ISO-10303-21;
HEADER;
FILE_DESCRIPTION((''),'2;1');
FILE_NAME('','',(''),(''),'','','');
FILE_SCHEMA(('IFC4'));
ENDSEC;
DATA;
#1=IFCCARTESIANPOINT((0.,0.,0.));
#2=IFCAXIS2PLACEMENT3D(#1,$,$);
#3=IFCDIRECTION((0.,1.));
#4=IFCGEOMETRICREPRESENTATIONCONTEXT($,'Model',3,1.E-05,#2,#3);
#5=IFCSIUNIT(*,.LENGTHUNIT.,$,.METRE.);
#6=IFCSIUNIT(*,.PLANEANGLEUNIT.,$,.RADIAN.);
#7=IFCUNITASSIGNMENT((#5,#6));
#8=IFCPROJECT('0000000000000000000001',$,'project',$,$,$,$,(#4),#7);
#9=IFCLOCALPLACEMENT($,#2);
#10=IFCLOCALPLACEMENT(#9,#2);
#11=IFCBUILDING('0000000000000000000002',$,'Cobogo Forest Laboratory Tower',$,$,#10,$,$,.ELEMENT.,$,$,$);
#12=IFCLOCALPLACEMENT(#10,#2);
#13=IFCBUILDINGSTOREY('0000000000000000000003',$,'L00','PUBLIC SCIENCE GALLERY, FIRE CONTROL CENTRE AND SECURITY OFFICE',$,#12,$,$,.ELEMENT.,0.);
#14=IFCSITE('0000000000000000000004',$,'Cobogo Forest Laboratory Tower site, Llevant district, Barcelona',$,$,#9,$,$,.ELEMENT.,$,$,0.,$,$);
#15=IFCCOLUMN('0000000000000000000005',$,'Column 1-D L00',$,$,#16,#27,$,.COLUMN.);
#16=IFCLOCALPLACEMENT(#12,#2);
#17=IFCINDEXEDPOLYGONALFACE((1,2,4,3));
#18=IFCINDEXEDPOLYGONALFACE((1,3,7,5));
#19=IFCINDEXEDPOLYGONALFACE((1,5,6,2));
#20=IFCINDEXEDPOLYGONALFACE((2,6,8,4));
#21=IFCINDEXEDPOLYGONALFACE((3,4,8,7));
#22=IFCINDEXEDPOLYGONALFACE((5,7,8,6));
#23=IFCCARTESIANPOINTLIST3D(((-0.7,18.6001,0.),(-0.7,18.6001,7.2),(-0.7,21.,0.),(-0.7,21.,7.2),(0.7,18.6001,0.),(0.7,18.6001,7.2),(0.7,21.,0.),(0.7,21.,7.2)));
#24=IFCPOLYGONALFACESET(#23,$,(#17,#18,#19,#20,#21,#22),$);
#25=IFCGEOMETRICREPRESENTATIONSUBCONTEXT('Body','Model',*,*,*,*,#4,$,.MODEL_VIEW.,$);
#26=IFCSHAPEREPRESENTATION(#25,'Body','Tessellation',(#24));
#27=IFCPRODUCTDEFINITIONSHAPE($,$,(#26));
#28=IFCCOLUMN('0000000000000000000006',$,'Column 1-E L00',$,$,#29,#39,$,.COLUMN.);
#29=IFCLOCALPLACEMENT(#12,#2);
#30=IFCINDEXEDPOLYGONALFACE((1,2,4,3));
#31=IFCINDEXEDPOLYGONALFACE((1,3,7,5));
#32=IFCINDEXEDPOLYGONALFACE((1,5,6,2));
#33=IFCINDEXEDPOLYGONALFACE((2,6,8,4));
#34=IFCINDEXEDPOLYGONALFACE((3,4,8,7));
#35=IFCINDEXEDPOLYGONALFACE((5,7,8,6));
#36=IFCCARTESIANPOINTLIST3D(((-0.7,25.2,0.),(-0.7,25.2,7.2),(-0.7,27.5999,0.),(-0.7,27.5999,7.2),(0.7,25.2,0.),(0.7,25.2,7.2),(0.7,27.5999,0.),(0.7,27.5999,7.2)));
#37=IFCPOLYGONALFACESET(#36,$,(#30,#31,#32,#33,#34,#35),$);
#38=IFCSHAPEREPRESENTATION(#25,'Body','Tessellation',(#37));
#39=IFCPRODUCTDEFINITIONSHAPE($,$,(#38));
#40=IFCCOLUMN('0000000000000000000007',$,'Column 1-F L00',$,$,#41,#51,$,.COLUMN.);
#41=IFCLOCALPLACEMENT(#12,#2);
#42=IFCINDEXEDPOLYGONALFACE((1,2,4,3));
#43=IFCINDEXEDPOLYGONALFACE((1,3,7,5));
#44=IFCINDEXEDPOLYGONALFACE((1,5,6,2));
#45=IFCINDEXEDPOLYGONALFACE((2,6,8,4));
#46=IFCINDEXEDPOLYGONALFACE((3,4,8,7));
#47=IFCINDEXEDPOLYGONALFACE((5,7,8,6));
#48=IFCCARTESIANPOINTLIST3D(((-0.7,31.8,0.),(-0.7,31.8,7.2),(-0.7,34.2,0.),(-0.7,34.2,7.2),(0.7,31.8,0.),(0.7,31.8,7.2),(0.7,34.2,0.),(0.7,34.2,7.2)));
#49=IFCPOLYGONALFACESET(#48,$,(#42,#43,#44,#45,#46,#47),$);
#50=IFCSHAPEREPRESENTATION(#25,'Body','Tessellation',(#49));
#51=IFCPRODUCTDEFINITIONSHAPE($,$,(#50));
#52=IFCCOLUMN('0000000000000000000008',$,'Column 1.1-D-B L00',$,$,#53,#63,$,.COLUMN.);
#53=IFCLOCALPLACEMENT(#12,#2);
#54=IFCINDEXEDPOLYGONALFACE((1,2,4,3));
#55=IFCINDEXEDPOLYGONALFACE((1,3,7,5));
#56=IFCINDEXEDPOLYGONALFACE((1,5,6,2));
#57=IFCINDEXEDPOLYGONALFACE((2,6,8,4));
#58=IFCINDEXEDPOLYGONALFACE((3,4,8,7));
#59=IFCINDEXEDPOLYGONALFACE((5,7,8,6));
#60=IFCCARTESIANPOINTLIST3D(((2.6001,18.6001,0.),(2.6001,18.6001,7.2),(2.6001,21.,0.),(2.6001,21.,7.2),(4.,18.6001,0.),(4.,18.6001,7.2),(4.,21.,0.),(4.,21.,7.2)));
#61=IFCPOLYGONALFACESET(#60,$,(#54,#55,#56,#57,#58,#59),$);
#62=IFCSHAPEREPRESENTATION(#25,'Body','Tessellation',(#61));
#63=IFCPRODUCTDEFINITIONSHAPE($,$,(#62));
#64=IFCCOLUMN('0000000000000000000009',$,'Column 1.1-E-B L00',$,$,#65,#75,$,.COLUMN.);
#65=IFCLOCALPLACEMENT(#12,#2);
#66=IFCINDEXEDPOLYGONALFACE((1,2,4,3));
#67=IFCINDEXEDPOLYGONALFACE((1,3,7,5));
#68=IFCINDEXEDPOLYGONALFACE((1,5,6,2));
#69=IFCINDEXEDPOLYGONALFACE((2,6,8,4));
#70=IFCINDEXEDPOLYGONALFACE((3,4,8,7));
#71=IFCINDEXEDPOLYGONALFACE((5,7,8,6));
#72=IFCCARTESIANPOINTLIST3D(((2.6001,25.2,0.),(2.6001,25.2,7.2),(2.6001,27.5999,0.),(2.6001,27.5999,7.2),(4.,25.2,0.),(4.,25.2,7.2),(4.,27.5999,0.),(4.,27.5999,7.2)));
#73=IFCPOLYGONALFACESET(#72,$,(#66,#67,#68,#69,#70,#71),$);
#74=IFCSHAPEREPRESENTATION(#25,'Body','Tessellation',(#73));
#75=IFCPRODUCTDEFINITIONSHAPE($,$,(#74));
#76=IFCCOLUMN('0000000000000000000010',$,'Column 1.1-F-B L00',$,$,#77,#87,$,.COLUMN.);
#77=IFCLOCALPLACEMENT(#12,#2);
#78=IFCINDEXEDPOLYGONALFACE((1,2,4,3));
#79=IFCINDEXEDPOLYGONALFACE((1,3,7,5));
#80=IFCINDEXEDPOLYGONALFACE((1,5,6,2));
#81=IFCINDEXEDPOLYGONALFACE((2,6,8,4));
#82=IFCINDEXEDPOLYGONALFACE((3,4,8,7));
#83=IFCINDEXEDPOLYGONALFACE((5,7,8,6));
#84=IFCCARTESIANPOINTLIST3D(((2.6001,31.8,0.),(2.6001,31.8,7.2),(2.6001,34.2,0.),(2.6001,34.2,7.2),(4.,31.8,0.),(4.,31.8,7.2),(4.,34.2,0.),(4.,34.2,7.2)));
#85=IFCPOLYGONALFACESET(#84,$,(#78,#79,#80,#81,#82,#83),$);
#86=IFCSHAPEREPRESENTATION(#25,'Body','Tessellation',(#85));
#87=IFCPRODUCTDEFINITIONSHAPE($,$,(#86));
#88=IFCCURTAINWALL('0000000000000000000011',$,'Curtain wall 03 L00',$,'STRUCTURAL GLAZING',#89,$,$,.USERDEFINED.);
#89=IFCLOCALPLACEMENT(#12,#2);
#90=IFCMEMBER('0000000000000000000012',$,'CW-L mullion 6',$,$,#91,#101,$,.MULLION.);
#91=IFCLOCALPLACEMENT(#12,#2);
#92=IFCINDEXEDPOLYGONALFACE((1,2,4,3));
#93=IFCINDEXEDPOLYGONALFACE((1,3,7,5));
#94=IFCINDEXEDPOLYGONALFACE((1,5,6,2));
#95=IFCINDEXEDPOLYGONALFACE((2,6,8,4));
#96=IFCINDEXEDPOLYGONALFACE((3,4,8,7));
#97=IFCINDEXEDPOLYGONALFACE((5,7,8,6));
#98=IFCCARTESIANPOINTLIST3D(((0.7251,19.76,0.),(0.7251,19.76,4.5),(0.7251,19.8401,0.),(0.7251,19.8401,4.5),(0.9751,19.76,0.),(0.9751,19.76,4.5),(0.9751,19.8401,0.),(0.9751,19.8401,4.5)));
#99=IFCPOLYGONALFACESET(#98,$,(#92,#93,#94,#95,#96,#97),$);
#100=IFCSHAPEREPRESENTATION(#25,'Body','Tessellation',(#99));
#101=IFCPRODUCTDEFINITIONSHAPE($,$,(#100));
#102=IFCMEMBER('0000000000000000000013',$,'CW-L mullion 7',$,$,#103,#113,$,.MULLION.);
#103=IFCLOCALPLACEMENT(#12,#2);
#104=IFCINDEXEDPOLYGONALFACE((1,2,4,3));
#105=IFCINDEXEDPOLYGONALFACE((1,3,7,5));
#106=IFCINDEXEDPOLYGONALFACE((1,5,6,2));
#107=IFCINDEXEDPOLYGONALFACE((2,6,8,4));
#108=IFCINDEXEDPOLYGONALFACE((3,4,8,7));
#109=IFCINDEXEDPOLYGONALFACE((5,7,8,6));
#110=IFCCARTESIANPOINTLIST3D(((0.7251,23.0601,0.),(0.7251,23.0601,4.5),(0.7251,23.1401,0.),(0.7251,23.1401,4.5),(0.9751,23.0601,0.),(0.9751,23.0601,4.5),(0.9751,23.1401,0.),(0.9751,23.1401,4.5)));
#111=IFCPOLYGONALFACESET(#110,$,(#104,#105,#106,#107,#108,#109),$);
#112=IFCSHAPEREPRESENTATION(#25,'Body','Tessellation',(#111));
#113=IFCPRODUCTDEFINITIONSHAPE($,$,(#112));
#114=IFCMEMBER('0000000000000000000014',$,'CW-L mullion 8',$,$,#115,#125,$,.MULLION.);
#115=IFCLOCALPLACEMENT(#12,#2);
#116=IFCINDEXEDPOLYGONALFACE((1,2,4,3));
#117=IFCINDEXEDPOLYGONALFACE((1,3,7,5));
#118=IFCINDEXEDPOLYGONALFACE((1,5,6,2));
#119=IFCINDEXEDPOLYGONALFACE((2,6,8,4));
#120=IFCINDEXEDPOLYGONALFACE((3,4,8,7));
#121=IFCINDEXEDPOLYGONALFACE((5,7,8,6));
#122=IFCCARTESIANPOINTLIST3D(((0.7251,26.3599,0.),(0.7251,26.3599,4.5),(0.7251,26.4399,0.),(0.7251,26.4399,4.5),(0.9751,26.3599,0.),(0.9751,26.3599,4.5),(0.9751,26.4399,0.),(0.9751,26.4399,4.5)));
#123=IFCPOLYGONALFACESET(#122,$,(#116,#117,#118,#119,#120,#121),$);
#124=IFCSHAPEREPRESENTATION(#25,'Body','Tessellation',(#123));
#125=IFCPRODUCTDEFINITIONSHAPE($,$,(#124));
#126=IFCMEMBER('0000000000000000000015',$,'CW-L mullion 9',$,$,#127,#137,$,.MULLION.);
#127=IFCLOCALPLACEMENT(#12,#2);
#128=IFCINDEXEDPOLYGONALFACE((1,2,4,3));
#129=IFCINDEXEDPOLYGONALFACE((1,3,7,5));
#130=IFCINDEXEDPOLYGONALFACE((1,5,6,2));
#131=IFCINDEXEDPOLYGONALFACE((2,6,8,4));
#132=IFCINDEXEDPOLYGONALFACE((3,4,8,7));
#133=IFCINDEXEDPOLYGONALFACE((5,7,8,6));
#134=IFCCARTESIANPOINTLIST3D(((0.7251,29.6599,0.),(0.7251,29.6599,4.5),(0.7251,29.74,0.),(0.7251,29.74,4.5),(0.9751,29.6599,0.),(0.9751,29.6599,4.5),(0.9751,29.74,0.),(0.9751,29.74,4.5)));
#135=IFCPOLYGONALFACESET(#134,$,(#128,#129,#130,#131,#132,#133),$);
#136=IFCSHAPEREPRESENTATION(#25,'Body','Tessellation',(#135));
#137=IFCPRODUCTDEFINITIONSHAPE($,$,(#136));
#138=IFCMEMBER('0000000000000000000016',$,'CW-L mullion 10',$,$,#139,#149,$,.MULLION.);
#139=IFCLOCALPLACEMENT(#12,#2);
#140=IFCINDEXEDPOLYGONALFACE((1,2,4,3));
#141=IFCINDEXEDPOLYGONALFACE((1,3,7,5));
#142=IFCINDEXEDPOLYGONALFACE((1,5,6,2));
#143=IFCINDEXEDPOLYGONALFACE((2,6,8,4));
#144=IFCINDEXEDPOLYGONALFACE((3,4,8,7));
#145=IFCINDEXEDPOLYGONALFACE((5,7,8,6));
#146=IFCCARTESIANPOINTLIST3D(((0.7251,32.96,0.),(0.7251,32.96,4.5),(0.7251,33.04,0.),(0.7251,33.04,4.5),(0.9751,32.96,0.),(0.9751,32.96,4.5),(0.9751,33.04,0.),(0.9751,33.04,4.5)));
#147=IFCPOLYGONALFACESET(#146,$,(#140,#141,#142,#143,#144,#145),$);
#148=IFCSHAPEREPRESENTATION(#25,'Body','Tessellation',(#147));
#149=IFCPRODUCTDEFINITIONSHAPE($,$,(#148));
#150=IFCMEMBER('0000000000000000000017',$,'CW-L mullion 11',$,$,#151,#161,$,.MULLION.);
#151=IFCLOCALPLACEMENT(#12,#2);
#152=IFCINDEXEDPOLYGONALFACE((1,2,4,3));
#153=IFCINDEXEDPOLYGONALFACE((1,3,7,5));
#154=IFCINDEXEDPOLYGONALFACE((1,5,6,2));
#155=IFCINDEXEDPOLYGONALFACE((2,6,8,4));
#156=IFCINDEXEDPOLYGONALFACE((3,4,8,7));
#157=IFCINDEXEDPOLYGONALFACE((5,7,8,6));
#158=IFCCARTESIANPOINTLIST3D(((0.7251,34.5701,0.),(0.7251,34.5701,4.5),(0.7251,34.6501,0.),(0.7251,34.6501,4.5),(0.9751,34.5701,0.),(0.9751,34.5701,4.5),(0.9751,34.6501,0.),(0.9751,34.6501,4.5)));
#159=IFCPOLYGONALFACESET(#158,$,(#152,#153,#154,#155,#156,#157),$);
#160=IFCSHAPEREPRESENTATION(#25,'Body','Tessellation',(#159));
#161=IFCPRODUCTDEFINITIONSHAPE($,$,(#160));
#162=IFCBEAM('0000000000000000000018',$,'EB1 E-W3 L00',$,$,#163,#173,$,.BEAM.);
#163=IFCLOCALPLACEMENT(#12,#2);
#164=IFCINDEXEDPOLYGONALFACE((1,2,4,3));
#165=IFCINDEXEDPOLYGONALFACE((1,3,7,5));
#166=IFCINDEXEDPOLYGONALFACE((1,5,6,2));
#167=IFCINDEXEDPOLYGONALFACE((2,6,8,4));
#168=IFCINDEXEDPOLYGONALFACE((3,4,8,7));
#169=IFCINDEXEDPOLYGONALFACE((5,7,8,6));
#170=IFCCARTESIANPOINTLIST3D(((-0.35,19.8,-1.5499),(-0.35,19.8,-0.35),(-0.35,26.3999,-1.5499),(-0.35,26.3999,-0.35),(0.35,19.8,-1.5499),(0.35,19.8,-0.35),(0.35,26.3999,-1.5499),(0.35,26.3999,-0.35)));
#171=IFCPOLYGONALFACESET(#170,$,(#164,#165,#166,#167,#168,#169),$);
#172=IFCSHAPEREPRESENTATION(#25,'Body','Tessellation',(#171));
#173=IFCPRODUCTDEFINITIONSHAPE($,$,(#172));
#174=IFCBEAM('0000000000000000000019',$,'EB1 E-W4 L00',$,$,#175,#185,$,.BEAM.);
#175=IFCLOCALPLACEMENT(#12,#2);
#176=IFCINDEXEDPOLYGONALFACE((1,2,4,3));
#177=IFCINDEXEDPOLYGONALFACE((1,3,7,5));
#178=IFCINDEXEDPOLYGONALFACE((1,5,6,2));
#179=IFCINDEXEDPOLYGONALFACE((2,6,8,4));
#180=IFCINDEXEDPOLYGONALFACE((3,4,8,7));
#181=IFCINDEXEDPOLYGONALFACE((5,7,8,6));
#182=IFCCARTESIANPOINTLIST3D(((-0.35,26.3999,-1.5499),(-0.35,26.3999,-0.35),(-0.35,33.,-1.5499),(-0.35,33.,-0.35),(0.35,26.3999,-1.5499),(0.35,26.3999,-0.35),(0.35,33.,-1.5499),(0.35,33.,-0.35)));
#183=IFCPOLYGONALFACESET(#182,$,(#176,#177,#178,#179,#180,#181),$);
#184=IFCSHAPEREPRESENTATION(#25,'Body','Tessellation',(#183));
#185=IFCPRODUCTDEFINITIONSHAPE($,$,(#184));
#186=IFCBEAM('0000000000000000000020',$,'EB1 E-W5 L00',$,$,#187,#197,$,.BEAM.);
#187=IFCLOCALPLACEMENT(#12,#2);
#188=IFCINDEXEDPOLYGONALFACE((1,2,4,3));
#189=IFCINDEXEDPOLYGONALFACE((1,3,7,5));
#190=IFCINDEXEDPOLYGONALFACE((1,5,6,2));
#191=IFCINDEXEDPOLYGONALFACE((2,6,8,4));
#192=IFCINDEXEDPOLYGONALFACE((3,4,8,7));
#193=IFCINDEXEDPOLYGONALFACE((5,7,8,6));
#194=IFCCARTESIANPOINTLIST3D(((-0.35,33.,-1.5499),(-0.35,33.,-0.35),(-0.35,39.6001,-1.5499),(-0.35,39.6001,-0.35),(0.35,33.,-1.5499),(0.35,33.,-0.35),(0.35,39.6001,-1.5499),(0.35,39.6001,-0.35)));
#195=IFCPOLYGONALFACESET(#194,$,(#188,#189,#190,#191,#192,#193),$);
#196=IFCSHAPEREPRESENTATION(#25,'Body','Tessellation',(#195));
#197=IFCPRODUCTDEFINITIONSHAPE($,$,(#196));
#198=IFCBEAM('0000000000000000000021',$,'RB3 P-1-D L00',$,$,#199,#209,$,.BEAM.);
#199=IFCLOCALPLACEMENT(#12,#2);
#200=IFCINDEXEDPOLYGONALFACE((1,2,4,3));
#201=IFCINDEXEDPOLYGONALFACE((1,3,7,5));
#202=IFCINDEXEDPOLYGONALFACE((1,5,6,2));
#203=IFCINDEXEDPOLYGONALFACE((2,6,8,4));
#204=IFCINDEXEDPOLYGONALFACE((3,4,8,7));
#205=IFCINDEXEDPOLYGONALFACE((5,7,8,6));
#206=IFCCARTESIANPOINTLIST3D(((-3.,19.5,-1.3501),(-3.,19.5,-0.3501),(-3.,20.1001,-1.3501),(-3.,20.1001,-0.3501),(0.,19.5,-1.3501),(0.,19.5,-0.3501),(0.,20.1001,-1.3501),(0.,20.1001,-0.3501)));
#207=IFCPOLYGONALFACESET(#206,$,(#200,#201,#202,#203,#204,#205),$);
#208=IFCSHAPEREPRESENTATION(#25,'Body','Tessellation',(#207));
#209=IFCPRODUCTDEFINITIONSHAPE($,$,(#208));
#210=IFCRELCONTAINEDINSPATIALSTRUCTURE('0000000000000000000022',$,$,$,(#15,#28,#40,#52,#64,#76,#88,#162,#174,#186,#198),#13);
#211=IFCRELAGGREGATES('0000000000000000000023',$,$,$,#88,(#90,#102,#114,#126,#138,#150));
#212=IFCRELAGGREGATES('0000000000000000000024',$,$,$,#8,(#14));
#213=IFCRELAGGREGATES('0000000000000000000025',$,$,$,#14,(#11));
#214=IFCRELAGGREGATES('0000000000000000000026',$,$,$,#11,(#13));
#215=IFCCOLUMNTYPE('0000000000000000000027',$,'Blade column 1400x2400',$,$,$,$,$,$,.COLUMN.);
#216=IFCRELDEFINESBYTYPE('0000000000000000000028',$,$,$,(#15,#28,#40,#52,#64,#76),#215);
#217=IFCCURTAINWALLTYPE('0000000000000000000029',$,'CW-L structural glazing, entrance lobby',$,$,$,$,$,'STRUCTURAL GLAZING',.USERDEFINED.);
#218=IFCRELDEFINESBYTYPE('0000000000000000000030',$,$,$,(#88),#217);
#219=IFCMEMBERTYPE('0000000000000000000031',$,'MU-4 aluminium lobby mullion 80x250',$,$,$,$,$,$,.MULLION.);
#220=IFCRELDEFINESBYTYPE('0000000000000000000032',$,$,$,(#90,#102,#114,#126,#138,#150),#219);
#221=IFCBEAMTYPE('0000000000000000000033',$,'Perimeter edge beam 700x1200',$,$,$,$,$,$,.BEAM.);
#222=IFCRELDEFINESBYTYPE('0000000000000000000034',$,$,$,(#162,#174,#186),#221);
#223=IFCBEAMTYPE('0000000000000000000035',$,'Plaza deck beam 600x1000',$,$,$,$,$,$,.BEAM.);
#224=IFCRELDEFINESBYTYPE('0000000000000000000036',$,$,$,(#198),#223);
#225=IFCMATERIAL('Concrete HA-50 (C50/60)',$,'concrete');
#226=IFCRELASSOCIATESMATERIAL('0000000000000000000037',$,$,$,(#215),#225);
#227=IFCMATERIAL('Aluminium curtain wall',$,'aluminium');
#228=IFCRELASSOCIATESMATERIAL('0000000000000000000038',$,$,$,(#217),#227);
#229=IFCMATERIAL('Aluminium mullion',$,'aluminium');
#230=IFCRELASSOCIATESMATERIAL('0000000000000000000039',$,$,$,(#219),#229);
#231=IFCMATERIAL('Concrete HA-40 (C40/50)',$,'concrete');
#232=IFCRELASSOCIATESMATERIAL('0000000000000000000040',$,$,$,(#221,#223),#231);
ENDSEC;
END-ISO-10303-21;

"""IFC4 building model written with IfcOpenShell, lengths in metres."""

from ifc_helpers import new_model, si_unit, direction, frame, origin, origin_2d, place, context, subcontext, project, spatial, rectangle, extrude, material, material_profile, profile_set, type_object, element, aggregate, save


model = new_model("IFC4")

# Units and contexts
model_context = context("Model", 3, precision=1e-05, world=origin(), true_north=direction((0.0, 1.0)))
body_context = subcontext(model_context, "Body", "Model", "MODEL_VIEW")
ifc_project = project(units=[si_unit("LENGTHUNIT", "METRE"), si_unit("PLANEANGLEUNIT", "RADIAN")], contexts=[model_context])

# Site, building, storey
site_placement = place(None, origin())
site = spatial("IfcSite", under=ifc_project, at=site_placement, Name="Cobogo Forest Laboratory Tower site, Llevant district, Barcelona", CompositionType="ELEMENT", RefElevation=0.0)
building_placement = place(site_placement, origin())
building = spatial("IfcBuilding", under=site, at=building_placement, Name="Cobogo Forest Laboratory Tower", CompositionType="ELEMENT")
storey_placement = place(building_placement, origin())
storey = spatial("IfcBuildingStorey", under=building, at=storey_placement, Name="L00", Description="PUBLIC SCIENCE GALLERY, FIRE CONTROL CENTRE AND SECURITY OFFICE", CompositionType="ELEMENT", Elevation=0.0)

# Columns
ifc_material_1 = material(Name="Concrete HA-50 (C50/60)", Category="concrete")
ifc_material_profile_1 = material_profile(ifc_material_1, rectangle(XDim=2.3999, YDim=1.3999, at=origin_2d()), Name="RC 1400x2400")
ifc_profile_set_1 = profile_set([ifc_material_profile_1], Name="Concrete HA-50 (C50/60)")
column_type = type_object("IfcColumnType", Name="Blade column 1400x2400", PredefinedType="COLUMN", material=ifc_profile_set_1)
for number, where, z_axis, x_axis, name in (
    (1, (0.0, 19.8, 0.0), (0.0, 0.0, 1.0), (0.0, 1.0, 0.0), "Column 1-D L00"),
    (2, (0.0, 26.3999, 0.0), (0.0, 0.0, 1.0), (0.0, 1.0, 0.0), "Column 1-E L00"),
    (3, (0.0, 33.0, 0.0), (0.0, 0.0, 1.0), (0.0, 1.0, 0.0), "Column 1-F L00"),
    (4, (3.3, 19.8, 0.0), (0.0, 0.0, 1.0), (0.0, 1.0, 0.0), "Column 1.1-D-B L00"),
    (5, (3.3, 26.3999, 0.0), (0.0, 0.0, 1.0), (0.0, 1.0, 0.0), "Column 1.1-E-B L00"),
    (6, (3.3, 33.0, 0.0), (0.0, 0.0, 1.0), (0.0, 1.0, 0.0), "Column 1.1-F-B L00"),
):
    element("IfcColumn", number, at=place(storey_placement, frame(where, z_axis=z_axis, x_axis=x_axis)), inside=storey, type_object=column_type, Name=name, PredefinedType="COLUMN", context=body_context, shape_type="SweptSolid", body=[
        extrude(rectangle(XDim=2.3999, YDim=1.3999, at=origin_2d()), origin(), (0.0, 0.0, 1.0), 7.2),
    ])

# Curtain wall, members
ifc_material_2 = material(Name="Aluminium curtain wall", Category="aluminium")
curtain_wall_type = type_object("IfcCurtainWallType", Name="CW-L structural glazing, entrance lobby", ElementType="STRUCTURAL GLAZING", PredefinedType="USERDEFINED", material=ifc_material_2)
curtain_wall_placement = place(storey_placement, origin())
curtain_wall = element("IfcCurtainWall", 7, at=curtain_wall_placement, inside=storey, type_object=curtain_wall_type, Name="Curtain wall 03 L00", ObjectType="STRUCTURAL GLAZING", PredefinedType="USERDEFINED")
ifc_material_3 = material(Name="Aluminium mullion", Category="aluminium")
ifc_material_profile_2 = material_profile(ifc_material_3, rectangle(XDim=0.0801, YDim=0.25, at=origin_2d()), Name="AL 80x250")
ifc_profile_set_2 = profile_set([ifc_material_profile_2], Name="Aluminium mullion")
member_type_1 = type_object("IfcMemberType", Name="MU-4 aluminium lobby mullion 80x250", PredefinedType="MULLION", material=ifc_profile_set_2)
member_1_placement = place(storey_placement, frame((0.8501, 19.8, 0.0), z_axis=(0.0, 0.0, 1.0), x_axis=(0.0, 1.0, 0.0)))
member_1 = element("IfcMember", 8, at=member_1_placement, type_object=member_type_1, Name="CW-L mullion 6", PredefinedType="MULLION", context=body_context, shape_type="SweptSolid", body=[
    extrude(rectangle(XDim=0.0801, YDim=0.25, at=origin_2d()), origin(), (0.0, 0.0, 1.0), 4.5),
])
member_2_placement = place(storey_placement, frame((0.8501, 23.1001, 0.0), z_axis=(0.0, 0.0, 1.0), x_axis=(0.0, 1.0, 0.0)))
member_2 = element("IfcMember", 9, at=member_2_placement, type_object=member_type_1, Name="CW-L mullion 7", PredefinedType="MULLION", context=body_context, shape_type="SweptSolid", body=[
    extrude(rectangle(XDim=0.0801, YDim=0.25, at=origin_2d()), origin(), (0.0, 0.0, 1.0), 4.5),
])
member_3_placement = place(storey_placement, frame((0.8501, 26.3999, 0.0), z_axis=(0.0, 0.0, 1.0), x_axis=(0.0, 1.0, 0.0)))
member_3 = element("IfcMember", 10, at=member_3_placement, type_object=member_type_1, Name="CW-L mullion 8", PredefinedType="MULLION", context=body_context, shape_type="SweptSolid", body=[
    extrude(rectangle(XDim=0.0801, YDim=0.25, at=origin_2d()), origin(), (0.0, 0.0, 1.0), 4.5),
])
member_4_placement = place(storey_placement, frame((0.8501, 29.7, 0.0), z_axis=(0.0, 0.0, 1.0), x_axis=(0.0, 1.0, 0.0)))
member_4 = element("IfcMember", 11, at=member_4_placement, type_object=member_type_1, Name="CW-L mullion 9", PredefinedType="MULLION", context=body_context, shape_type="SweptSolid", body=[
    extrude(rectangle(XDim=0.0801, YDim=0.25, at=origin_2d()), origin(), (0.0, 0.0, 1.0), 4.5),
])
member_5_placement = place(storey_placement, frame((0.8501, 33.0, 0.0), z_axis=(0.0, 0.0, 1.0), x_axis=(0.0, 1.0, 0.0)))
member_5 = element("IfcMember", 12, at=member_5_placement, type_object=member_type_1, Name="CW-L mullion 10", PredefinedType="MULLION", context=body_context, shape_type="SweptSolid", body=[
    extrude(rectangle(XDim=0.0801, YDim=0.25, at=origin_2d()), origin(), (0.0, 0.0, 1.0), 4.5),
])
member_6_placement = place(storey_placement, frame((0.8501, 34.6101, 0.0), z_axis=(0.0, 0.0, 1.0), x_axis=(0.0, 1.0, 0.0)))
member_6 = element("IfcMember", 13, at=member_6_placement, type_object=member_type_1, Name="CW-L mullion 11", PredefinedType="MULLION", context=body_context, shape_type="SweptSolid", body=[
    extrude(rectangle(XDim=0.0801, YDim=0.25, at=origin_2d()), origin(), (0.0, 0.0, 1.0), 4.5),
])

# Beams
ifc_material_4 = material(Name="Concrete HA-40 (C40/50)", Category="concrete")
ifc_material_profile_3 = material_profile(ifc_material_4, rectangle(XDim=0.7, YDim=1.2, at=origin_2d()), Name="RC 700x1200")
ifc_profile_set_3 = profile_set([ifc_material_profile_3], Name="Concrete HA-40 (C40/50)")
beam_type_1 = type_object("IfcBeamType", Name="Perimeter edge beam 700x1200", PredefinedType="BEAM", material=ifc_profile_set_3)
beam_placement = place(storey_placement, frame((0.0, 19.8, -0.95), z_axis=(0.0, 1.0, 0.0), x_axis=(-1.0, 0.0, 0.0)))
element("IfcBeam", 14, at=beam_placement, inside=storey, type_object=beam_type_1, Name="EB1 E-W3 L00", PredefinedType="BEAM", context=body_context, shape_type="SweptSolid", body=[
    extrude(rectangle(XDim=0.7, YDim=1.2, at=origin_2d()), origin(), (0.0, 0.0, 1.0), 6.5999),
])
for number, where, z_axis, x_axis, name in (
    (15, (0.0, 26.3999, -0.95), (0.0, 1.0, 0.0), (-1.0, 0.0, 0.0), "EB1 E-W4 L00"),
    (16, (0.0, 33.0, -0.95), (0.0, 1.0, 0.0), (-1.0, 0.0, 0.0), "EB1 E-W5 L00"),
):
    element("IfcBeam", number, at=place(storey_placement, frame(where, z_axis=z_axis, x_axis=x_axis)), inside=storey, type_object=beam_type_1, Name=name, PredefinedType="BEAM", context=body_context, shape_type="SweptSolid", body=[
        extrude(rectangle(XDim=0.7, YDim=1.2, at=origin_2d()), origin(), (0.0, 0.0, 1.0), 6.6001),
    ])
ifc_material_profile_4 = material_profile(ifc_material_4, rectangle(XDim=0.6001, YDim=1.0, at=origin_2d()), Name="RC 600x1000")
ifc_profile_set_4 = profile_set([ifc_material_profile_4], Name="Concrete HA-40 (C40/50)")
beam_type_2 = type_object("IfcBeamType", Name="Plaza deck beam 600x1000", PredefinedType="BEAM", material=ifc_profile_set_4)
for number, where, z_axis, x_axis, name in (
    (17, (0.0, 19.8, -0.8501), (-1.0, 0.0, 0.0), (0.0, -1.0, 0.0), "RB3 P-1-D L00"),
):
    element("IfcBeam", number, at=place(storey_placement, frame(where, z_axis=z_axis, x_axis=x_axis)), inside=storey, type_object=beam_type_2, Name=name, PredefinedType="BEAM", context=body_context, shape_type="SweptSolid", body=[
        extrude(rectangle(XDim=0.6001, YDim=1.0, at=origin_2d()), origin(), (0.0, 0.0, 1.0), 3.0),
    ])

aggregate(curtain_wall, [member_1, member_2, member_3, member_4, member_5, member_6])

save(model, "model.ifc")
